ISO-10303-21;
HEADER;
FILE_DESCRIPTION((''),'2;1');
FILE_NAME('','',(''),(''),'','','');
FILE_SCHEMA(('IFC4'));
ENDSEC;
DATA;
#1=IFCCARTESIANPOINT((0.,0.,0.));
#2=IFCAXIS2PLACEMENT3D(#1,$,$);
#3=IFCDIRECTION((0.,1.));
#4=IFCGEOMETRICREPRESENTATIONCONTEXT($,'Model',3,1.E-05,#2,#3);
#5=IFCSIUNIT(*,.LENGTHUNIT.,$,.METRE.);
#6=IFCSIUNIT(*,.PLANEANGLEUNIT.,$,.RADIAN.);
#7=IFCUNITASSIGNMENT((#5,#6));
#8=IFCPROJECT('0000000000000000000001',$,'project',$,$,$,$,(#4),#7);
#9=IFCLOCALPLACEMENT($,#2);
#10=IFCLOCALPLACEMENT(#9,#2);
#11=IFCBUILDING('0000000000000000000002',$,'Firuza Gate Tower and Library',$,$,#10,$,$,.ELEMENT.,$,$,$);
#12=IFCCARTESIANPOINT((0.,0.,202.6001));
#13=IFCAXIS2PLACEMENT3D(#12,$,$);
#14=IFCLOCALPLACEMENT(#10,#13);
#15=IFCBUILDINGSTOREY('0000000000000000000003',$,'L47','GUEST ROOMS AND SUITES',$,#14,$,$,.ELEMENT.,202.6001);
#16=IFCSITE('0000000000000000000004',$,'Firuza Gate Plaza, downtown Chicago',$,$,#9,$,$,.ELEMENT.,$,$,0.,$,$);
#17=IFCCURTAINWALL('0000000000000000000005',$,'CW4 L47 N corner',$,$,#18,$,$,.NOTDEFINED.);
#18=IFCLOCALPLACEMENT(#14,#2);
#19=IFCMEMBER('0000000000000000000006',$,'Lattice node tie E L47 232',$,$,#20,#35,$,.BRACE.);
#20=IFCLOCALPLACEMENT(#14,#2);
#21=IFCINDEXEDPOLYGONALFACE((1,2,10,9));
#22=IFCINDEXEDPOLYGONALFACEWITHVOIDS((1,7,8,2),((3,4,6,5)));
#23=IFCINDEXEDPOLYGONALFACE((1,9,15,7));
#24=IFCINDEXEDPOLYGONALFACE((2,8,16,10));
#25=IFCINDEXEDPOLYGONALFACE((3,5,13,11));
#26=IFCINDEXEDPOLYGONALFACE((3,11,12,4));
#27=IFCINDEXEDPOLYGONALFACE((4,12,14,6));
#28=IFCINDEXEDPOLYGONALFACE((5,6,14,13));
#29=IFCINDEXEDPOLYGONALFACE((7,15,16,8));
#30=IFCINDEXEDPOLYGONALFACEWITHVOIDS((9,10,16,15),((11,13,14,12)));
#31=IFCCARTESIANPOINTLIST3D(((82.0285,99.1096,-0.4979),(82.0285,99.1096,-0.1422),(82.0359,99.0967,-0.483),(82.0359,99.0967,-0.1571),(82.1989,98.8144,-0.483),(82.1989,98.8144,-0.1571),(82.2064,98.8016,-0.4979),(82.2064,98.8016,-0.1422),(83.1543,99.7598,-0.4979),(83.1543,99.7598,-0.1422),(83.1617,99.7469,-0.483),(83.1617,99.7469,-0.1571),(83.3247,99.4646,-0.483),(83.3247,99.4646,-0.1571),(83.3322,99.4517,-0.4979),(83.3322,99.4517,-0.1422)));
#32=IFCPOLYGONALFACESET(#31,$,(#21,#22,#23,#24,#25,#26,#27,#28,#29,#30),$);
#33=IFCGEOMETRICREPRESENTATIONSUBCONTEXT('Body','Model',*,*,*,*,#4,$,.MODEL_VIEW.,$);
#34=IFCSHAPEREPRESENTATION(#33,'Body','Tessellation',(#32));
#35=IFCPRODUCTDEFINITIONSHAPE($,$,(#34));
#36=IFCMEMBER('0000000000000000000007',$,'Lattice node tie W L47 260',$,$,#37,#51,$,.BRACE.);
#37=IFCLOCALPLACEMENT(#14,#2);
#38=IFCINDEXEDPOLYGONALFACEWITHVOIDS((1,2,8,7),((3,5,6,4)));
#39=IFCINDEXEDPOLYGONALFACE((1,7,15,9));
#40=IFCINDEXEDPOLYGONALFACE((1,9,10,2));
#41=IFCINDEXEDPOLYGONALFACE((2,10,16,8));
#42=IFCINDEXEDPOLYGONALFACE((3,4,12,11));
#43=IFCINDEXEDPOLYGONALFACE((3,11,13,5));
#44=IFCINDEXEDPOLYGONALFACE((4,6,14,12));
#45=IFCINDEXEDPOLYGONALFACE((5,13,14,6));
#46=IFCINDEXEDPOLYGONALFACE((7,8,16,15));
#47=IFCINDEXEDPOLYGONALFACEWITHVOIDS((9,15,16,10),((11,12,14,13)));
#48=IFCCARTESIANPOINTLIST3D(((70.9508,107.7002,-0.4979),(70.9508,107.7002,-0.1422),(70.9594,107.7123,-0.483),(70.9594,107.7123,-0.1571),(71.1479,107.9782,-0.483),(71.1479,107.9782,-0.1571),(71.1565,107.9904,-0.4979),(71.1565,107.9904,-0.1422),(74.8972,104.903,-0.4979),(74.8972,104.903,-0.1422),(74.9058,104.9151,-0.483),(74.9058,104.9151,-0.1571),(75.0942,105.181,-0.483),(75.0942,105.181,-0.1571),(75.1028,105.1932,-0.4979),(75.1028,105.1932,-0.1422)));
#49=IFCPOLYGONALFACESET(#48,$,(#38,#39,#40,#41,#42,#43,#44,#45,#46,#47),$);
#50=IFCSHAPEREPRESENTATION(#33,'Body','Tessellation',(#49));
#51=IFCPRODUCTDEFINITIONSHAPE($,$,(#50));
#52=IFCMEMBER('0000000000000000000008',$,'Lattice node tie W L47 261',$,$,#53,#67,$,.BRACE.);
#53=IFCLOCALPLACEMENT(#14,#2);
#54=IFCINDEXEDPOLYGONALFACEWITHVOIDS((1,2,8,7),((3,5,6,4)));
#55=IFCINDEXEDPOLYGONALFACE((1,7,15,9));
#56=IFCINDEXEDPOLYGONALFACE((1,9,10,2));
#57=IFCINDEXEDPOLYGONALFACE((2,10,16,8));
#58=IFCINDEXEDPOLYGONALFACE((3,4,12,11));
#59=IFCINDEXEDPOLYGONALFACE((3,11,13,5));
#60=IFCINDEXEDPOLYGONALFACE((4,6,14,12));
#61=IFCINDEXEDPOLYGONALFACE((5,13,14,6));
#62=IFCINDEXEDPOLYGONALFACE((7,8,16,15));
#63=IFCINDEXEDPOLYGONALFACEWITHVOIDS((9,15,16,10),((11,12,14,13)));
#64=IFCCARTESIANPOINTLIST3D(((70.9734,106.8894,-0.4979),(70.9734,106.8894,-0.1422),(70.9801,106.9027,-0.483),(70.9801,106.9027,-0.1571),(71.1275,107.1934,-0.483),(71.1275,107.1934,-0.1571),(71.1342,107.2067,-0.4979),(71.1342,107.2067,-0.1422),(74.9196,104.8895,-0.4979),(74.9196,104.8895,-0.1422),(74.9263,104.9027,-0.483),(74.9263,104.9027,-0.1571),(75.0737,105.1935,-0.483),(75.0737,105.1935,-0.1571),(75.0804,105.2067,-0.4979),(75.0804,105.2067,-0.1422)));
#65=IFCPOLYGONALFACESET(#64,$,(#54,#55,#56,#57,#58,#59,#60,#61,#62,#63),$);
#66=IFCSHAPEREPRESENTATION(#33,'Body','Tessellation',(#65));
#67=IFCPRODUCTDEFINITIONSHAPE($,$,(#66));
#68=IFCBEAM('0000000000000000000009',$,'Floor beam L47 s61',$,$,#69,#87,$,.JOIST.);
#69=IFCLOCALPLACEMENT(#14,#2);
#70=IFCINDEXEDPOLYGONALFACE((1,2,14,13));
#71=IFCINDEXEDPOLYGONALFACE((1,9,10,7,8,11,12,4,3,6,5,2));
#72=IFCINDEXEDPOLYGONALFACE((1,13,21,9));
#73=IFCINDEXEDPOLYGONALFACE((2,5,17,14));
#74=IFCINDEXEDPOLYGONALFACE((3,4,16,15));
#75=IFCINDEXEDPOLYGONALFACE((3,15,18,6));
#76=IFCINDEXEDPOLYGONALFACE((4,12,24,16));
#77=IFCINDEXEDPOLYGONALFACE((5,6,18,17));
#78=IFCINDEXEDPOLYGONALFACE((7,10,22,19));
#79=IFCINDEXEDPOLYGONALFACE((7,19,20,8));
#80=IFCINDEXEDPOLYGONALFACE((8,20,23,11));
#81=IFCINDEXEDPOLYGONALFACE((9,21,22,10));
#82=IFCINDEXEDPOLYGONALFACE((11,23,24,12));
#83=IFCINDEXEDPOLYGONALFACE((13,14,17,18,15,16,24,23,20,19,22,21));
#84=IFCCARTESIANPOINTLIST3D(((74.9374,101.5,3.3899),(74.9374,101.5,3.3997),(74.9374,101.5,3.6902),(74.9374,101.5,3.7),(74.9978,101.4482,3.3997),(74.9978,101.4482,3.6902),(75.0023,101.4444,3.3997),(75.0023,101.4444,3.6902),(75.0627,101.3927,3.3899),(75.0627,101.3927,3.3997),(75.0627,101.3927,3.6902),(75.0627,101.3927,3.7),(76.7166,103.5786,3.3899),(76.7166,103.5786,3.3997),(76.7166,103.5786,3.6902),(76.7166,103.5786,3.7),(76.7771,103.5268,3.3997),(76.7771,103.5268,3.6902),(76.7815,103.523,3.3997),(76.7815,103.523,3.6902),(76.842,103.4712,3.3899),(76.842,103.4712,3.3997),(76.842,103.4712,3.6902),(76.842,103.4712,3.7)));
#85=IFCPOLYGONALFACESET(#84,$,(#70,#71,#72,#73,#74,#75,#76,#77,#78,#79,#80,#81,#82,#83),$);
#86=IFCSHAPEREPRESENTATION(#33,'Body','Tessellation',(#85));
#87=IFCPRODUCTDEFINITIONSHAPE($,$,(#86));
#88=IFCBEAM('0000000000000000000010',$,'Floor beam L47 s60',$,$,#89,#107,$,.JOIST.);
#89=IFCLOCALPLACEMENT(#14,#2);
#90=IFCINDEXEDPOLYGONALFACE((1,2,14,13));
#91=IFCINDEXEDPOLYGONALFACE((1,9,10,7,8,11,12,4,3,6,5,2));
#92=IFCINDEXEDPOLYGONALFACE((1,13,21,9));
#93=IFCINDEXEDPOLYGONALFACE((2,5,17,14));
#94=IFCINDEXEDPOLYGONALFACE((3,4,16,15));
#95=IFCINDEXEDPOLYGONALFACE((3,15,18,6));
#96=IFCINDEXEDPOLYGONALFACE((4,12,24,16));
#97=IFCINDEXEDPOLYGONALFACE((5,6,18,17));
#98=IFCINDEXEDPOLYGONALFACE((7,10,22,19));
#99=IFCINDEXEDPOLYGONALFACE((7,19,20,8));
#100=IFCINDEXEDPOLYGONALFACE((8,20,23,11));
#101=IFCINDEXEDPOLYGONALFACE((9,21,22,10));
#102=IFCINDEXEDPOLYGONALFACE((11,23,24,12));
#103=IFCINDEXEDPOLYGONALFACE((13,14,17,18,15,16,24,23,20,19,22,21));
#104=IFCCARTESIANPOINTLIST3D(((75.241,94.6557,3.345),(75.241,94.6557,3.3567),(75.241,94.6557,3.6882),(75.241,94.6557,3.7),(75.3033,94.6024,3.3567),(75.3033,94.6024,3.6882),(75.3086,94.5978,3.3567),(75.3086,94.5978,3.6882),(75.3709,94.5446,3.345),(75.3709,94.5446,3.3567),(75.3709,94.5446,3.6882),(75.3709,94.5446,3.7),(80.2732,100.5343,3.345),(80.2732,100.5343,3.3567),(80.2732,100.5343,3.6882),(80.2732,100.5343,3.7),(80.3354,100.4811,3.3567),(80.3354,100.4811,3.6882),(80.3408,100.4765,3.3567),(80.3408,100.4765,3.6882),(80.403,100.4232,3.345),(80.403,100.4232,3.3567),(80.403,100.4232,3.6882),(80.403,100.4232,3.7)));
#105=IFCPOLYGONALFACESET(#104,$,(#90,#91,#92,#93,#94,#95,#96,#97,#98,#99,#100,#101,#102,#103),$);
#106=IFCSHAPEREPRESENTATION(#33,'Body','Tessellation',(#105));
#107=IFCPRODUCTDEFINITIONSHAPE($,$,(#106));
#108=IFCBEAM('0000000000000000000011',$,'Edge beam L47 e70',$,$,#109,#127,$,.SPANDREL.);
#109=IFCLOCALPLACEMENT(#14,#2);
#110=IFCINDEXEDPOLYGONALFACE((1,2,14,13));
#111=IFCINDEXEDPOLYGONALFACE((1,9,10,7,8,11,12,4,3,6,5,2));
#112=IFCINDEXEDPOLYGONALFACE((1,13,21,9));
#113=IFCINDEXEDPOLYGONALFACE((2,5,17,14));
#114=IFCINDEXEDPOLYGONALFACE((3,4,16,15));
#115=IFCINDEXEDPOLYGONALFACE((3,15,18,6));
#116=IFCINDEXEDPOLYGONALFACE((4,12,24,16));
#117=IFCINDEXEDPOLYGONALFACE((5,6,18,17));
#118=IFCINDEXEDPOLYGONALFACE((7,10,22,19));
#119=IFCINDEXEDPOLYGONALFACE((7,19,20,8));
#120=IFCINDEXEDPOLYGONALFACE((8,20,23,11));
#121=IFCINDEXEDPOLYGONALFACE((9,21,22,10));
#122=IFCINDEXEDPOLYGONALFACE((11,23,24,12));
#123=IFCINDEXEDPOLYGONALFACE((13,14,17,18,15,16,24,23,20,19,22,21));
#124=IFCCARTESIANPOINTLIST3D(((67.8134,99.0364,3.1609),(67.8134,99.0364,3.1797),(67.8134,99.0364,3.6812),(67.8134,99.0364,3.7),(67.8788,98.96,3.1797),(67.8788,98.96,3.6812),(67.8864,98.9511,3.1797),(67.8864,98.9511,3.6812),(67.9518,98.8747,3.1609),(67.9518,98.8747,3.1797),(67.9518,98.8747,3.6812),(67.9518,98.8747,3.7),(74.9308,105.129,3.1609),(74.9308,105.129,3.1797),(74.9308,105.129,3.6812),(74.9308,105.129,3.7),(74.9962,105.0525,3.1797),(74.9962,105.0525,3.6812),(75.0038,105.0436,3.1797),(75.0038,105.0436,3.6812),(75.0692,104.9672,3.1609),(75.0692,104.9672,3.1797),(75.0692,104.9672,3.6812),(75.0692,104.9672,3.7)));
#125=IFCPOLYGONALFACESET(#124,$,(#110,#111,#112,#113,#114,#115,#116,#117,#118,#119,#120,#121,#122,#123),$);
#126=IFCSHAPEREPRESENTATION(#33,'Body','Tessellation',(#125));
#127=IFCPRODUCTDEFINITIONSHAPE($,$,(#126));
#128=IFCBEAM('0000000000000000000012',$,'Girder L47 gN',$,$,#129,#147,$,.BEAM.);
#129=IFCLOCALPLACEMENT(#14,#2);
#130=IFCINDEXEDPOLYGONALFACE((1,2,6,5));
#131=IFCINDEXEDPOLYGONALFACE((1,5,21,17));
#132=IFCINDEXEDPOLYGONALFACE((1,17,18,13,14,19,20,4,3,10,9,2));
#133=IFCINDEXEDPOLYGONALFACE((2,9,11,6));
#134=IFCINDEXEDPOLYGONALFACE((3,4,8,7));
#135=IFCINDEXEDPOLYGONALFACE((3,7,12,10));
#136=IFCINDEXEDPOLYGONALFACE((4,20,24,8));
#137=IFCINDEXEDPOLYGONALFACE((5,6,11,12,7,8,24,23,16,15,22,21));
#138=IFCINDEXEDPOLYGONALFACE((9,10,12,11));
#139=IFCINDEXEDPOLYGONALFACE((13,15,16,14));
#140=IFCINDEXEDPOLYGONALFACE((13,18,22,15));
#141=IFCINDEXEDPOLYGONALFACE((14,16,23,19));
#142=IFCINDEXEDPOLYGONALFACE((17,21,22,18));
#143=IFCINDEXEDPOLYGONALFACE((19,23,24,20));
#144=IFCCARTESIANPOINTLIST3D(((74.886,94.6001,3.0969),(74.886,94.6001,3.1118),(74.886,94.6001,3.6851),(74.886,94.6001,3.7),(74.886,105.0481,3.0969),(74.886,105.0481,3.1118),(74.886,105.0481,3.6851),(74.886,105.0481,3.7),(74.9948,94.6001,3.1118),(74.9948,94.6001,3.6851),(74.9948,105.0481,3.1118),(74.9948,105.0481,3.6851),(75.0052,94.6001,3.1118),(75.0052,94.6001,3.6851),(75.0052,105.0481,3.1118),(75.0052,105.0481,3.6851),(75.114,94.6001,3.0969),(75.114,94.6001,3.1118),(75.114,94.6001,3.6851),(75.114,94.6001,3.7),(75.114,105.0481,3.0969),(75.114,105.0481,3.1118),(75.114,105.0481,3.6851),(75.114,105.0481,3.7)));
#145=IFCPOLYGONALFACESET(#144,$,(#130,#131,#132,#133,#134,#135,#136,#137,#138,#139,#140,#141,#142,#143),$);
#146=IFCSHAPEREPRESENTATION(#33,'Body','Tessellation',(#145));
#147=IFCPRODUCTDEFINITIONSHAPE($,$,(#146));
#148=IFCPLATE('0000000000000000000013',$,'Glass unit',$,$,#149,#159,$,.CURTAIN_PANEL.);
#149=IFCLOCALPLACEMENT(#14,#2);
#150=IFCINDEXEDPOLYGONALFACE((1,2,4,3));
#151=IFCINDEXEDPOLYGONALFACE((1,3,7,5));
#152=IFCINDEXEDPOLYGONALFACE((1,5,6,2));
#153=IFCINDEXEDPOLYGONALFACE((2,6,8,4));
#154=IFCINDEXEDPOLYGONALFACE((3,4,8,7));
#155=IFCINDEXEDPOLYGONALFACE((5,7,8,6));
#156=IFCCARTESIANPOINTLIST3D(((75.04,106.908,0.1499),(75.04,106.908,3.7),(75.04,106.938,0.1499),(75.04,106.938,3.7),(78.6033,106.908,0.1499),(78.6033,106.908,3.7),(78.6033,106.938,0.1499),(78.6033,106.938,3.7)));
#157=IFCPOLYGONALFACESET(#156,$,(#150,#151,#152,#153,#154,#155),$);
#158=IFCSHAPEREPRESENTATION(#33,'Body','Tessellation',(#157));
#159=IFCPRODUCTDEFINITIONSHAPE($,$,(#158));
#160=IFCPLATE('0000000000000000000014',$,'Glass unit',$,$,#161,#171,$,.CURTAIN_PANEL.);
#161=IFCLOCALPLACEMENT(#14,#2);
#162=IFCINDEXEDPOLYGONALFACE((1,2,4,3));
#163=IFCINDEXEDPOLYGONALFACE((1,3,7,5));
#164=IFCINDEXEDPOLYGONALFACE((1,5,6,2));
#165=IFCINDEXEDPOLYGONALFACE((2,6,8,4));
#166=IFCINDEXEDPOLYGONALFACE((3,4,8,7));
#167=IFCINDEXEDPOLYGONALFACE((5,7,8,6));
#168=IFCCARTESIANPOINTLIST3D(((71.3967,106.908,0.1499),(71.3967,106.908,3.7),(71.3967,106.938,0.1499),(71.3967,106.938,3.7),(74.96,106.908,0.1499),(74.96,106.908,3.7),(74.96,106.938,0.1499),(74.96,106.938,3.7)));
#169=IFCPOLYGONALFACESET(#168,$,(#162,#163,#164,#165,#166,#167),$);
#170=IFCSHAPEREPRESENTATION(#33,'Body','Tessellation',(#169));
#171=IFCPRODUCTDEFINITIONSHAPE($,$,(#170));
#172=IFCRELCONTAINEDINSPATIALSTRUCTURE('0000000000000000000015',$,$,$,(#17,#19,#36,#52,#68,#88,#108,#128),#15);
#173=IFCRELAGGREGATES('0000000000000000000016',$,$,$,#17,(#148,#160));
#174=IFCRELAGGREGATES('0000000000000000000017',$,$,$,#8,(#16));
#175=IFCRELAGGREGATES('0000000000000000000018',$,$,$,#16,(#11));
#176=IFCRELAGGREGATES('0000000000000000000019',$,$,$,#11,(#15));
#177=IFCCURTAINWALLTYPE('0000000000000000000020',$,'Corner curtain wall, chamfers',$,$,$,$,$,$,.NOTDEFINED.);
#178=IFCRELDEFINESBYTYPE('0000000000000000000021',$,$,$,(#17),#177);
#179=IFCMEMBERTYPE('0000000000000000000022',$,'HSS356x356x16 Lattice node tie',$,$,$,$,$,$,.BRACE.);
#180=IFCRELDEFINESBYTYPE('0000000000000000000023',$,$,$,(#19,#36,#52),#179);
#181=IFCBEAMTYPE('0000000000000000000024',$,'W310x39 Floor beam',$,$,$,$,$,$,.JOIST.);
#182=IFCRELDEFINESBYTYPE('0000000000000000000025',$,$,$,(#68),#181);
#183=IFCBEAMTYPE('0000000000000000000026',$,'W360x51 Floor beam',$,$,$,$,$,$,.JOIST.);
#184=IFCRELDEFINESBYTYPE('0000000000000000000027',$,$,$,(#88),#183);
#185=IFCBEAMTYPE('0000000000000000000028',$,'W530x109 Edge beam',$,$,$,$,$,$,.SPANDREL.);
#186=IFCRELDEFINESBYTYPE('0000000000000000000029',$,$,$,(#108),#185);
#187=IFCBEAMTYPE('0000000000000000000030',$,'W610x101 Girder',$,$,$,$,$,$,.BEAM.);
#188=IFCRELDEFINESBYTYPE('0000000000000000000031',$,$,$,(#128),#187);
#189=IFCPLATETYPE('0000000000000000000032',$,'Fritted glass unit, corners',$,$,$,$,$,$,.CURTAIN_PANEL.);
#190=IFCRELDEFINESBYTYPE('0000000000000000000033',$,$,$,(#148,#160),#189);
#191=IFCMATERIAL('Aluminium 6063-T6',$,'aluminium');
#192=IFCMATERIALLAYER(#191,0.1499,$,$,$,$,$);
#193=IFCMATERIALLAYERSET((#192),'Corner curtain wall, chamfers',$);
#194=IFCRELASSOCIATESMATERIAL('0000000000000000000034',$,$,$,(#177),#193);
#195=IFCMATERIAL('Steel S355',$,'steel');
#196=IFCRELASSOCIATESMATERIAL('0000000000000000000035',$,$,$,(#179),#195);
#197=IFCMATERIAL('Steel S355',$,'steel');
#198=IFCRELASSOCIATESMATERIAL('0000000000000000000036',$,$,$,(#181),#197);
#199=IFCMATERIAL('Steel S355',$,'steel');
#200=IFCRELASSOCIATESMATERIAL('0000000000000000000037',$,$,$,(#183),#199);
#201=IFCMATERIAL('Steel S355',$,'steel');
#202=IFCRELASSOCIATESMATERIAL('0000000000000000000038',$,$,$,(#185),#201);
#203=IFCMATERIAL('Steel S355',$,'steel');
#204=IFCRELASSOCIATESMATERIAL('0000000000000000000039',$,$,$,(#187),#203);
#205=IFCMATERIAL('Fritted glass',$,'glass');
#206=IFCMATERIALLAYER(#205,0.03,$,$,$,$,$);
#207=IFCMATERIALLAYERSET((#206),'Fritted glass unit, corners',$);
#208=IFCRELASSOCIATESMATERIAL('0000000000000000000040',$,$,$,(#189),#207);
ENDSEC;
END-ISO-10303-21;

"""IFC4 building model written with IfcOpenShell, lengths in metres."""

from ifc_helpers import new_model, si_unit, direction, frame, origin, origin_2d, place, context, subcontext, project, spatial, polyline, hollow_rectangle, i_section, outline, extrude, material, layer, layer_set, material_profile, profile_set, type_object, element, aggregate, save


model = new_model("IFC4")

# Units and contexts
model_context = context("Model", 3, precision=1e-05, world=origin(), true_north=direction((0.0, 1.0)))
body_context = subcontext(model_context, "Body", "Model", "MODEL_VIEW")
ifc_project = project(units=[si_unit("LENGTHUNIT", "METRE"), si_unit("PLANEANGLEUNIT", "RADIAN")], contexts=[model_context])

# Site, building, storey
site_placement = place(None, origin())
site = spatial("IfcSite", under=ifc_project, at=site_placement, Name="Firuza Gate Plaza, downtown Chicago", CompositionType="ELEMENT", RefElevation=0.0)
building_placement = place(site_placement, origin())
building = spatial("IfcBuilding", under=site, at=building_placement, Name="Firuza Gate Tower and Library", CompositionType="ELEMENT")
storey_placement = place(building_placement, frame((0.0, 0.0, 202.6001)))
storey = spatial("IfcBuildingStorey", under=building, at=storey_placement, Name="L47", Description="GUEST ROOMS AND SUITES", CompositionType="ELEMENT", Elevation=202.6001)

# Curtain wall
ifc_material_1 = material(Name="Aluminium 6063-T6", Category="aluminium")
ifc_layer_1 = layer(ifc_material_1, 0.1499)
ifc_layer_set_1 = layer_set([ifc_layer_1], Name="Corner curtain wall, chamfers")
curtain_wall_type = type_object("IfcCurtainWallType", Name="Corner curtain wall, chamfers", PredefinedType="NOTDEFINED", material=ifc_layer_set_1)
curtain_wall_placement = place(storey_placement, origin())
curtain_wall = element("IfcCurtainWall", 1, at=curtain_wall_placement, inside=storey, type_object=curtain_wall_type, Name="CW4 L47 N corner", PredefinedType="NOTDEFINED")

# Members
ifc_material_2 = material(Name="Steel S355", Category="steel")
ifc_material_profile_1 = material_profile(ifc_material_2, hollow_rectangle(XDim=0.3557, YDim=0.3557, WallThickness=0.0149, at=origin_2d()))
ifc_profile_set_1 = profile_set([ifc_material_profile_1], Name="Steel S355")
member_type_1 = type_object("IfcMemberType", Name="HSS356x356x16 Lattice node tie", PredefinedType="BRACE", material=ifc_profile_set_1)
member_1_placement = place(storey_placement, frame((82.1174, 98.9556, -0.3201), z_axis=(0.865957, 0.500118, 0.0), x_axis=(-0.500118, 0.865957, 0.0)))
element("IfcMember", 2, at=member_1_placement, inside=storey, type_object=member_type_1, Name="Lattice node tie E L47 232", PredefinedType="BRACE", context=body_context, shape_type="SweptSolid", body=[
    extrude(hollow_rectangle(XDim=0.3557, YDim=0.3557, WallThickness=0.0149, at=origin_2d()), origin(), (0.0, 0.0, 1.0), 1.3),
])
member_2_placement = place(storey_placement, frame((75.0, 105.0481, -0.3201), z_axis=(-0.815846, 0.578269, 0.0), x_axis=(-0.578269, -0.815846, 0.0)))
element("IfcMember", 3, at=member_2_placement, inside=storey, type_object=member_type_1, Name="Lattice node tie W L47 260", PredefinedType="BRACE", context=body_context, shape_type="SweptSolid", body=[
    extrude(hollow_rectangle(XDim=0.3557, YDim=0.3557, WallThickness=0.0149, at=origin_2d()), origin(), (0.0, 0.0, 1.0), 4.8372),
])
member_3_placement = place(storey_placement, frame((75.0, 105.0481, -0.3201), z_axis=(-0.891986, 0.452063, 0.0), x_axis=(-0.452063, -0.891986, 0.0)))
element("IfcMember", 4, at=member_3_placement, inside=storey, type_object=member_type_1, Name="Lattice node tie W L47 261", PredefinedType="BRACE", context=body_context, shape_type="SweptSolid", body=[
    extrude(hollow_rectangle(XDim=0.3557, YDim=0.3557, WallThickness=0.0149, at=origin_2d()), origin(), (0.0, 0.0, 1.0), 4.4241),
])

# Beams
ifc_material_3 = material(Name="Steel S355", Category="steel")
ifc_material_profile_2 = material_profile(ifc_material_3, i_section(OverallWidth=0.165, OverallDepth=0.3101, WebThickness=0.0059, FlangeThickness=0.0098, at=origin_2d()))
ifc_profile_set_2 = profile_set([ifc_material_profile_2], Name="Steel S355")
beam_type_1 = type_object("IfcBeamType", Name="W310x39 Floor beam", PredefinedType="JOIST", material=ifc_profile_set_2)
beam_1_placement = place(storey_placement, frame((76.7793, 103.5249, 3.5449), z_axis=(-0.650292, -0.759685, 0.0), x_axis=(0.759685, -0.650292, 0.0)))
element("IfcBeam", 5, at=beam_1_placement, inside=storey, type_object=beam_type_1, Name="Floor beam L47 s61", PredefinedType="JOIST", context=body_context, shape_type="SweptSolid", body=[
    extrude(i_section(OverallWidth=0.165, OverallDepth=0.3101, WebThickness=0.0059, FlangeThickness=0.0098, at=origin_2d()), origin(), (0.0, 0.0, 1.0), 2.7361),
])
ifc_material_4 = material(Name="Steel S355", Category="steel")
ifc_material_profile_3 = material_profile(ifc_material_4, i_section(OverallWidth=0.1709, OverallDepth=0.355, WebThickness=0.0071, FlangeThickness=0.0117, at=origin_2d()))
ifc_profile_set_3 = profile_set([ifc_material_profile_3], Name="Steel S355")
beam_type_2 = type_object("IfcBeamType", Name="W360x51 Floor beam", PredefinedType="JOIST", material=ifc_profile_set_3)
beam_2_placement = place(storey_placement, frame((80.3381, 100.4788, 3.5225), z_axis=(-0.650298, -0.75968, 0.0), x_axis=(0.75968, -0.650298, 0.0)))
element("IfcBeam", 6, at=beam_2_placement, inside=storey, type_object=beam_type_2, Name="Floor beam L47 s60", PredefinedType="JOIST", context=body_context, shape_type="SweptSolid", body=[
    extrude(i_section(OverallWidth=0.1709, OverallDepth=0.355, WebThickness=0.0071, FlangeThickness=0.0117, at=origin_2d()), origin(), (0.0, 0.0, 1.0), 7.7383),
])
ifc_material_5 = material(Name="Steel S355", Category="steel")
ifc_material_profile_4 = material_profile(ifc_material_5, i_section(OverallWidth=0.2129, OverallDepth=0.5391, WebThickness=0.0117, FlangeThickness=0.0188, at=origin_2d()))
ifc_profile_set_4 = profile_set([ifc_material_profile_4], Name="Steel S355")
beam_type_3 = type_object("IfcBeamType", Name="W530x109 Edge beam", PredefinedType="SPANDREL", material=ifc_profile_set_4)
beam_3_placement = place(storey_placement, frame((75.0, 105.0481, 3.4304), z_axis=(-0.759685, -0.650291, 0.0), x_axis=(0.650291, -0.759685, 0.0)))
element("IfcBeam", 7, at=beam_3_placement, inside=storey, type_object=beam_type_3, Name="Edge beam L47 e70", PredefinedType="SPANDREL", context=body_context, shape_type="SweptSolid", body=[
    extrude(i_section(OverallWidth=0.2129, OverallDepth=0.5391, WebThickness=0.0117, FlangeThickness=0.0188, at=origin_2d()), origin(), (0.0, 0.0, 1.0), 9.3689),
])
ifc_material_6 = material(Name="Steel S355", Category="steel")
ifc_material_profile_5 = material_profile(ifc_material_6, i_section(OverallWidth=0.228, OverallDepth=0.603, WebThickness=0.0105, FlangeThickness=0.0149, at=origin_2d()))
ifc_profile_set_5 = profile_set([ifc_material_profile_5], Name="Steel S355")
beam_type_4 = type_object("IfcBeamType", Name="W610x101 Girder", PredefinedType="BEAM", material=ifc_profile_set_5)
beam_4_placement = place(storey_placement, frame((75.0, 105.0481, 3.3984), z_axis=(0.0, -1.0, 0.0), x_axis=(1.0, 0.0, 0.0)))
element("IfcBeam", 8, at=beam_4_placement, inside=storey, type_object=beam_type_4, Name="Girder L47 gN", PredefinedType="BEAM", context=body_context, shape_type="SweptSolid", body=[
    extrude(i_section(OverallWidth=0.228, OverallDepth=0.603, WebThickness=0.0105, FlangeThickness=0.0149, at=origin_2d()), origin(), (0.0, 0.0, 1.0), 10.448),
])

# Plates
ifc_material_7 = material(Name="Fritted glass", Category="glass")
ifc_layer_2 = layer(ifc_material_7, 0.03)
ifc_layer_set_2 = layer_set([ifc_layer_2], Name="Fritted glass unit, corners")
plate_type = type_object("IfcPlateType", Name="Fritted glass unit, corners", PredefinedType="CURTAIN_PANEL", material=ifc_layer_set_2)
plate_1_placement = place(storey_placement, frame((78.6033, 106.938, 0.1499), z_axis=(0.0, 1.0, 0.0), x_axis=(-1.0, 0.0, 0.0)))
plate_1 = element("IfcPlate", 9, at=plate_1_placement, type_object=plate_type, Name="Glass unit", PredefinedType="CURTAIN_PANEL", context=body_context, shape_type="SweptSolid", body=[
    extrude(outline(polyline([(0.0, 0.0), (3.5632, 0.0), (3.5632, 3.55), (0.0, 3.55), (0.0, 0.0)])), origin(), (0.0, 0.0, -1.0), 0.03),
])
plate_2_placement = place(storey_placement, frame((74.96, 106.938, 0.1499), z_axis=(0.0, 1.0, 0.0), x_axis=(-1.0, 0.0, 0.0)))
plate_2 = element("IfcPlate", 10, at=plate_2_placement, type_object=plate_type, Name="Glass unit", PredefinedType="CURTAIN_PANEL", context=body_context, shape_type="SweptSolid", body=[
    extrude(outline(polyline([(0.0, 0.0), (3.5632, 0.0), (3.5632, 3.55), (0.0, 3.55), (0.0, 0.0)])), origin(), (0.0, 0.0, -1.0), 0.03),
])
aggregate(curtain_wall, [plate_1, plate_2])

save(model, "model.ifc")
